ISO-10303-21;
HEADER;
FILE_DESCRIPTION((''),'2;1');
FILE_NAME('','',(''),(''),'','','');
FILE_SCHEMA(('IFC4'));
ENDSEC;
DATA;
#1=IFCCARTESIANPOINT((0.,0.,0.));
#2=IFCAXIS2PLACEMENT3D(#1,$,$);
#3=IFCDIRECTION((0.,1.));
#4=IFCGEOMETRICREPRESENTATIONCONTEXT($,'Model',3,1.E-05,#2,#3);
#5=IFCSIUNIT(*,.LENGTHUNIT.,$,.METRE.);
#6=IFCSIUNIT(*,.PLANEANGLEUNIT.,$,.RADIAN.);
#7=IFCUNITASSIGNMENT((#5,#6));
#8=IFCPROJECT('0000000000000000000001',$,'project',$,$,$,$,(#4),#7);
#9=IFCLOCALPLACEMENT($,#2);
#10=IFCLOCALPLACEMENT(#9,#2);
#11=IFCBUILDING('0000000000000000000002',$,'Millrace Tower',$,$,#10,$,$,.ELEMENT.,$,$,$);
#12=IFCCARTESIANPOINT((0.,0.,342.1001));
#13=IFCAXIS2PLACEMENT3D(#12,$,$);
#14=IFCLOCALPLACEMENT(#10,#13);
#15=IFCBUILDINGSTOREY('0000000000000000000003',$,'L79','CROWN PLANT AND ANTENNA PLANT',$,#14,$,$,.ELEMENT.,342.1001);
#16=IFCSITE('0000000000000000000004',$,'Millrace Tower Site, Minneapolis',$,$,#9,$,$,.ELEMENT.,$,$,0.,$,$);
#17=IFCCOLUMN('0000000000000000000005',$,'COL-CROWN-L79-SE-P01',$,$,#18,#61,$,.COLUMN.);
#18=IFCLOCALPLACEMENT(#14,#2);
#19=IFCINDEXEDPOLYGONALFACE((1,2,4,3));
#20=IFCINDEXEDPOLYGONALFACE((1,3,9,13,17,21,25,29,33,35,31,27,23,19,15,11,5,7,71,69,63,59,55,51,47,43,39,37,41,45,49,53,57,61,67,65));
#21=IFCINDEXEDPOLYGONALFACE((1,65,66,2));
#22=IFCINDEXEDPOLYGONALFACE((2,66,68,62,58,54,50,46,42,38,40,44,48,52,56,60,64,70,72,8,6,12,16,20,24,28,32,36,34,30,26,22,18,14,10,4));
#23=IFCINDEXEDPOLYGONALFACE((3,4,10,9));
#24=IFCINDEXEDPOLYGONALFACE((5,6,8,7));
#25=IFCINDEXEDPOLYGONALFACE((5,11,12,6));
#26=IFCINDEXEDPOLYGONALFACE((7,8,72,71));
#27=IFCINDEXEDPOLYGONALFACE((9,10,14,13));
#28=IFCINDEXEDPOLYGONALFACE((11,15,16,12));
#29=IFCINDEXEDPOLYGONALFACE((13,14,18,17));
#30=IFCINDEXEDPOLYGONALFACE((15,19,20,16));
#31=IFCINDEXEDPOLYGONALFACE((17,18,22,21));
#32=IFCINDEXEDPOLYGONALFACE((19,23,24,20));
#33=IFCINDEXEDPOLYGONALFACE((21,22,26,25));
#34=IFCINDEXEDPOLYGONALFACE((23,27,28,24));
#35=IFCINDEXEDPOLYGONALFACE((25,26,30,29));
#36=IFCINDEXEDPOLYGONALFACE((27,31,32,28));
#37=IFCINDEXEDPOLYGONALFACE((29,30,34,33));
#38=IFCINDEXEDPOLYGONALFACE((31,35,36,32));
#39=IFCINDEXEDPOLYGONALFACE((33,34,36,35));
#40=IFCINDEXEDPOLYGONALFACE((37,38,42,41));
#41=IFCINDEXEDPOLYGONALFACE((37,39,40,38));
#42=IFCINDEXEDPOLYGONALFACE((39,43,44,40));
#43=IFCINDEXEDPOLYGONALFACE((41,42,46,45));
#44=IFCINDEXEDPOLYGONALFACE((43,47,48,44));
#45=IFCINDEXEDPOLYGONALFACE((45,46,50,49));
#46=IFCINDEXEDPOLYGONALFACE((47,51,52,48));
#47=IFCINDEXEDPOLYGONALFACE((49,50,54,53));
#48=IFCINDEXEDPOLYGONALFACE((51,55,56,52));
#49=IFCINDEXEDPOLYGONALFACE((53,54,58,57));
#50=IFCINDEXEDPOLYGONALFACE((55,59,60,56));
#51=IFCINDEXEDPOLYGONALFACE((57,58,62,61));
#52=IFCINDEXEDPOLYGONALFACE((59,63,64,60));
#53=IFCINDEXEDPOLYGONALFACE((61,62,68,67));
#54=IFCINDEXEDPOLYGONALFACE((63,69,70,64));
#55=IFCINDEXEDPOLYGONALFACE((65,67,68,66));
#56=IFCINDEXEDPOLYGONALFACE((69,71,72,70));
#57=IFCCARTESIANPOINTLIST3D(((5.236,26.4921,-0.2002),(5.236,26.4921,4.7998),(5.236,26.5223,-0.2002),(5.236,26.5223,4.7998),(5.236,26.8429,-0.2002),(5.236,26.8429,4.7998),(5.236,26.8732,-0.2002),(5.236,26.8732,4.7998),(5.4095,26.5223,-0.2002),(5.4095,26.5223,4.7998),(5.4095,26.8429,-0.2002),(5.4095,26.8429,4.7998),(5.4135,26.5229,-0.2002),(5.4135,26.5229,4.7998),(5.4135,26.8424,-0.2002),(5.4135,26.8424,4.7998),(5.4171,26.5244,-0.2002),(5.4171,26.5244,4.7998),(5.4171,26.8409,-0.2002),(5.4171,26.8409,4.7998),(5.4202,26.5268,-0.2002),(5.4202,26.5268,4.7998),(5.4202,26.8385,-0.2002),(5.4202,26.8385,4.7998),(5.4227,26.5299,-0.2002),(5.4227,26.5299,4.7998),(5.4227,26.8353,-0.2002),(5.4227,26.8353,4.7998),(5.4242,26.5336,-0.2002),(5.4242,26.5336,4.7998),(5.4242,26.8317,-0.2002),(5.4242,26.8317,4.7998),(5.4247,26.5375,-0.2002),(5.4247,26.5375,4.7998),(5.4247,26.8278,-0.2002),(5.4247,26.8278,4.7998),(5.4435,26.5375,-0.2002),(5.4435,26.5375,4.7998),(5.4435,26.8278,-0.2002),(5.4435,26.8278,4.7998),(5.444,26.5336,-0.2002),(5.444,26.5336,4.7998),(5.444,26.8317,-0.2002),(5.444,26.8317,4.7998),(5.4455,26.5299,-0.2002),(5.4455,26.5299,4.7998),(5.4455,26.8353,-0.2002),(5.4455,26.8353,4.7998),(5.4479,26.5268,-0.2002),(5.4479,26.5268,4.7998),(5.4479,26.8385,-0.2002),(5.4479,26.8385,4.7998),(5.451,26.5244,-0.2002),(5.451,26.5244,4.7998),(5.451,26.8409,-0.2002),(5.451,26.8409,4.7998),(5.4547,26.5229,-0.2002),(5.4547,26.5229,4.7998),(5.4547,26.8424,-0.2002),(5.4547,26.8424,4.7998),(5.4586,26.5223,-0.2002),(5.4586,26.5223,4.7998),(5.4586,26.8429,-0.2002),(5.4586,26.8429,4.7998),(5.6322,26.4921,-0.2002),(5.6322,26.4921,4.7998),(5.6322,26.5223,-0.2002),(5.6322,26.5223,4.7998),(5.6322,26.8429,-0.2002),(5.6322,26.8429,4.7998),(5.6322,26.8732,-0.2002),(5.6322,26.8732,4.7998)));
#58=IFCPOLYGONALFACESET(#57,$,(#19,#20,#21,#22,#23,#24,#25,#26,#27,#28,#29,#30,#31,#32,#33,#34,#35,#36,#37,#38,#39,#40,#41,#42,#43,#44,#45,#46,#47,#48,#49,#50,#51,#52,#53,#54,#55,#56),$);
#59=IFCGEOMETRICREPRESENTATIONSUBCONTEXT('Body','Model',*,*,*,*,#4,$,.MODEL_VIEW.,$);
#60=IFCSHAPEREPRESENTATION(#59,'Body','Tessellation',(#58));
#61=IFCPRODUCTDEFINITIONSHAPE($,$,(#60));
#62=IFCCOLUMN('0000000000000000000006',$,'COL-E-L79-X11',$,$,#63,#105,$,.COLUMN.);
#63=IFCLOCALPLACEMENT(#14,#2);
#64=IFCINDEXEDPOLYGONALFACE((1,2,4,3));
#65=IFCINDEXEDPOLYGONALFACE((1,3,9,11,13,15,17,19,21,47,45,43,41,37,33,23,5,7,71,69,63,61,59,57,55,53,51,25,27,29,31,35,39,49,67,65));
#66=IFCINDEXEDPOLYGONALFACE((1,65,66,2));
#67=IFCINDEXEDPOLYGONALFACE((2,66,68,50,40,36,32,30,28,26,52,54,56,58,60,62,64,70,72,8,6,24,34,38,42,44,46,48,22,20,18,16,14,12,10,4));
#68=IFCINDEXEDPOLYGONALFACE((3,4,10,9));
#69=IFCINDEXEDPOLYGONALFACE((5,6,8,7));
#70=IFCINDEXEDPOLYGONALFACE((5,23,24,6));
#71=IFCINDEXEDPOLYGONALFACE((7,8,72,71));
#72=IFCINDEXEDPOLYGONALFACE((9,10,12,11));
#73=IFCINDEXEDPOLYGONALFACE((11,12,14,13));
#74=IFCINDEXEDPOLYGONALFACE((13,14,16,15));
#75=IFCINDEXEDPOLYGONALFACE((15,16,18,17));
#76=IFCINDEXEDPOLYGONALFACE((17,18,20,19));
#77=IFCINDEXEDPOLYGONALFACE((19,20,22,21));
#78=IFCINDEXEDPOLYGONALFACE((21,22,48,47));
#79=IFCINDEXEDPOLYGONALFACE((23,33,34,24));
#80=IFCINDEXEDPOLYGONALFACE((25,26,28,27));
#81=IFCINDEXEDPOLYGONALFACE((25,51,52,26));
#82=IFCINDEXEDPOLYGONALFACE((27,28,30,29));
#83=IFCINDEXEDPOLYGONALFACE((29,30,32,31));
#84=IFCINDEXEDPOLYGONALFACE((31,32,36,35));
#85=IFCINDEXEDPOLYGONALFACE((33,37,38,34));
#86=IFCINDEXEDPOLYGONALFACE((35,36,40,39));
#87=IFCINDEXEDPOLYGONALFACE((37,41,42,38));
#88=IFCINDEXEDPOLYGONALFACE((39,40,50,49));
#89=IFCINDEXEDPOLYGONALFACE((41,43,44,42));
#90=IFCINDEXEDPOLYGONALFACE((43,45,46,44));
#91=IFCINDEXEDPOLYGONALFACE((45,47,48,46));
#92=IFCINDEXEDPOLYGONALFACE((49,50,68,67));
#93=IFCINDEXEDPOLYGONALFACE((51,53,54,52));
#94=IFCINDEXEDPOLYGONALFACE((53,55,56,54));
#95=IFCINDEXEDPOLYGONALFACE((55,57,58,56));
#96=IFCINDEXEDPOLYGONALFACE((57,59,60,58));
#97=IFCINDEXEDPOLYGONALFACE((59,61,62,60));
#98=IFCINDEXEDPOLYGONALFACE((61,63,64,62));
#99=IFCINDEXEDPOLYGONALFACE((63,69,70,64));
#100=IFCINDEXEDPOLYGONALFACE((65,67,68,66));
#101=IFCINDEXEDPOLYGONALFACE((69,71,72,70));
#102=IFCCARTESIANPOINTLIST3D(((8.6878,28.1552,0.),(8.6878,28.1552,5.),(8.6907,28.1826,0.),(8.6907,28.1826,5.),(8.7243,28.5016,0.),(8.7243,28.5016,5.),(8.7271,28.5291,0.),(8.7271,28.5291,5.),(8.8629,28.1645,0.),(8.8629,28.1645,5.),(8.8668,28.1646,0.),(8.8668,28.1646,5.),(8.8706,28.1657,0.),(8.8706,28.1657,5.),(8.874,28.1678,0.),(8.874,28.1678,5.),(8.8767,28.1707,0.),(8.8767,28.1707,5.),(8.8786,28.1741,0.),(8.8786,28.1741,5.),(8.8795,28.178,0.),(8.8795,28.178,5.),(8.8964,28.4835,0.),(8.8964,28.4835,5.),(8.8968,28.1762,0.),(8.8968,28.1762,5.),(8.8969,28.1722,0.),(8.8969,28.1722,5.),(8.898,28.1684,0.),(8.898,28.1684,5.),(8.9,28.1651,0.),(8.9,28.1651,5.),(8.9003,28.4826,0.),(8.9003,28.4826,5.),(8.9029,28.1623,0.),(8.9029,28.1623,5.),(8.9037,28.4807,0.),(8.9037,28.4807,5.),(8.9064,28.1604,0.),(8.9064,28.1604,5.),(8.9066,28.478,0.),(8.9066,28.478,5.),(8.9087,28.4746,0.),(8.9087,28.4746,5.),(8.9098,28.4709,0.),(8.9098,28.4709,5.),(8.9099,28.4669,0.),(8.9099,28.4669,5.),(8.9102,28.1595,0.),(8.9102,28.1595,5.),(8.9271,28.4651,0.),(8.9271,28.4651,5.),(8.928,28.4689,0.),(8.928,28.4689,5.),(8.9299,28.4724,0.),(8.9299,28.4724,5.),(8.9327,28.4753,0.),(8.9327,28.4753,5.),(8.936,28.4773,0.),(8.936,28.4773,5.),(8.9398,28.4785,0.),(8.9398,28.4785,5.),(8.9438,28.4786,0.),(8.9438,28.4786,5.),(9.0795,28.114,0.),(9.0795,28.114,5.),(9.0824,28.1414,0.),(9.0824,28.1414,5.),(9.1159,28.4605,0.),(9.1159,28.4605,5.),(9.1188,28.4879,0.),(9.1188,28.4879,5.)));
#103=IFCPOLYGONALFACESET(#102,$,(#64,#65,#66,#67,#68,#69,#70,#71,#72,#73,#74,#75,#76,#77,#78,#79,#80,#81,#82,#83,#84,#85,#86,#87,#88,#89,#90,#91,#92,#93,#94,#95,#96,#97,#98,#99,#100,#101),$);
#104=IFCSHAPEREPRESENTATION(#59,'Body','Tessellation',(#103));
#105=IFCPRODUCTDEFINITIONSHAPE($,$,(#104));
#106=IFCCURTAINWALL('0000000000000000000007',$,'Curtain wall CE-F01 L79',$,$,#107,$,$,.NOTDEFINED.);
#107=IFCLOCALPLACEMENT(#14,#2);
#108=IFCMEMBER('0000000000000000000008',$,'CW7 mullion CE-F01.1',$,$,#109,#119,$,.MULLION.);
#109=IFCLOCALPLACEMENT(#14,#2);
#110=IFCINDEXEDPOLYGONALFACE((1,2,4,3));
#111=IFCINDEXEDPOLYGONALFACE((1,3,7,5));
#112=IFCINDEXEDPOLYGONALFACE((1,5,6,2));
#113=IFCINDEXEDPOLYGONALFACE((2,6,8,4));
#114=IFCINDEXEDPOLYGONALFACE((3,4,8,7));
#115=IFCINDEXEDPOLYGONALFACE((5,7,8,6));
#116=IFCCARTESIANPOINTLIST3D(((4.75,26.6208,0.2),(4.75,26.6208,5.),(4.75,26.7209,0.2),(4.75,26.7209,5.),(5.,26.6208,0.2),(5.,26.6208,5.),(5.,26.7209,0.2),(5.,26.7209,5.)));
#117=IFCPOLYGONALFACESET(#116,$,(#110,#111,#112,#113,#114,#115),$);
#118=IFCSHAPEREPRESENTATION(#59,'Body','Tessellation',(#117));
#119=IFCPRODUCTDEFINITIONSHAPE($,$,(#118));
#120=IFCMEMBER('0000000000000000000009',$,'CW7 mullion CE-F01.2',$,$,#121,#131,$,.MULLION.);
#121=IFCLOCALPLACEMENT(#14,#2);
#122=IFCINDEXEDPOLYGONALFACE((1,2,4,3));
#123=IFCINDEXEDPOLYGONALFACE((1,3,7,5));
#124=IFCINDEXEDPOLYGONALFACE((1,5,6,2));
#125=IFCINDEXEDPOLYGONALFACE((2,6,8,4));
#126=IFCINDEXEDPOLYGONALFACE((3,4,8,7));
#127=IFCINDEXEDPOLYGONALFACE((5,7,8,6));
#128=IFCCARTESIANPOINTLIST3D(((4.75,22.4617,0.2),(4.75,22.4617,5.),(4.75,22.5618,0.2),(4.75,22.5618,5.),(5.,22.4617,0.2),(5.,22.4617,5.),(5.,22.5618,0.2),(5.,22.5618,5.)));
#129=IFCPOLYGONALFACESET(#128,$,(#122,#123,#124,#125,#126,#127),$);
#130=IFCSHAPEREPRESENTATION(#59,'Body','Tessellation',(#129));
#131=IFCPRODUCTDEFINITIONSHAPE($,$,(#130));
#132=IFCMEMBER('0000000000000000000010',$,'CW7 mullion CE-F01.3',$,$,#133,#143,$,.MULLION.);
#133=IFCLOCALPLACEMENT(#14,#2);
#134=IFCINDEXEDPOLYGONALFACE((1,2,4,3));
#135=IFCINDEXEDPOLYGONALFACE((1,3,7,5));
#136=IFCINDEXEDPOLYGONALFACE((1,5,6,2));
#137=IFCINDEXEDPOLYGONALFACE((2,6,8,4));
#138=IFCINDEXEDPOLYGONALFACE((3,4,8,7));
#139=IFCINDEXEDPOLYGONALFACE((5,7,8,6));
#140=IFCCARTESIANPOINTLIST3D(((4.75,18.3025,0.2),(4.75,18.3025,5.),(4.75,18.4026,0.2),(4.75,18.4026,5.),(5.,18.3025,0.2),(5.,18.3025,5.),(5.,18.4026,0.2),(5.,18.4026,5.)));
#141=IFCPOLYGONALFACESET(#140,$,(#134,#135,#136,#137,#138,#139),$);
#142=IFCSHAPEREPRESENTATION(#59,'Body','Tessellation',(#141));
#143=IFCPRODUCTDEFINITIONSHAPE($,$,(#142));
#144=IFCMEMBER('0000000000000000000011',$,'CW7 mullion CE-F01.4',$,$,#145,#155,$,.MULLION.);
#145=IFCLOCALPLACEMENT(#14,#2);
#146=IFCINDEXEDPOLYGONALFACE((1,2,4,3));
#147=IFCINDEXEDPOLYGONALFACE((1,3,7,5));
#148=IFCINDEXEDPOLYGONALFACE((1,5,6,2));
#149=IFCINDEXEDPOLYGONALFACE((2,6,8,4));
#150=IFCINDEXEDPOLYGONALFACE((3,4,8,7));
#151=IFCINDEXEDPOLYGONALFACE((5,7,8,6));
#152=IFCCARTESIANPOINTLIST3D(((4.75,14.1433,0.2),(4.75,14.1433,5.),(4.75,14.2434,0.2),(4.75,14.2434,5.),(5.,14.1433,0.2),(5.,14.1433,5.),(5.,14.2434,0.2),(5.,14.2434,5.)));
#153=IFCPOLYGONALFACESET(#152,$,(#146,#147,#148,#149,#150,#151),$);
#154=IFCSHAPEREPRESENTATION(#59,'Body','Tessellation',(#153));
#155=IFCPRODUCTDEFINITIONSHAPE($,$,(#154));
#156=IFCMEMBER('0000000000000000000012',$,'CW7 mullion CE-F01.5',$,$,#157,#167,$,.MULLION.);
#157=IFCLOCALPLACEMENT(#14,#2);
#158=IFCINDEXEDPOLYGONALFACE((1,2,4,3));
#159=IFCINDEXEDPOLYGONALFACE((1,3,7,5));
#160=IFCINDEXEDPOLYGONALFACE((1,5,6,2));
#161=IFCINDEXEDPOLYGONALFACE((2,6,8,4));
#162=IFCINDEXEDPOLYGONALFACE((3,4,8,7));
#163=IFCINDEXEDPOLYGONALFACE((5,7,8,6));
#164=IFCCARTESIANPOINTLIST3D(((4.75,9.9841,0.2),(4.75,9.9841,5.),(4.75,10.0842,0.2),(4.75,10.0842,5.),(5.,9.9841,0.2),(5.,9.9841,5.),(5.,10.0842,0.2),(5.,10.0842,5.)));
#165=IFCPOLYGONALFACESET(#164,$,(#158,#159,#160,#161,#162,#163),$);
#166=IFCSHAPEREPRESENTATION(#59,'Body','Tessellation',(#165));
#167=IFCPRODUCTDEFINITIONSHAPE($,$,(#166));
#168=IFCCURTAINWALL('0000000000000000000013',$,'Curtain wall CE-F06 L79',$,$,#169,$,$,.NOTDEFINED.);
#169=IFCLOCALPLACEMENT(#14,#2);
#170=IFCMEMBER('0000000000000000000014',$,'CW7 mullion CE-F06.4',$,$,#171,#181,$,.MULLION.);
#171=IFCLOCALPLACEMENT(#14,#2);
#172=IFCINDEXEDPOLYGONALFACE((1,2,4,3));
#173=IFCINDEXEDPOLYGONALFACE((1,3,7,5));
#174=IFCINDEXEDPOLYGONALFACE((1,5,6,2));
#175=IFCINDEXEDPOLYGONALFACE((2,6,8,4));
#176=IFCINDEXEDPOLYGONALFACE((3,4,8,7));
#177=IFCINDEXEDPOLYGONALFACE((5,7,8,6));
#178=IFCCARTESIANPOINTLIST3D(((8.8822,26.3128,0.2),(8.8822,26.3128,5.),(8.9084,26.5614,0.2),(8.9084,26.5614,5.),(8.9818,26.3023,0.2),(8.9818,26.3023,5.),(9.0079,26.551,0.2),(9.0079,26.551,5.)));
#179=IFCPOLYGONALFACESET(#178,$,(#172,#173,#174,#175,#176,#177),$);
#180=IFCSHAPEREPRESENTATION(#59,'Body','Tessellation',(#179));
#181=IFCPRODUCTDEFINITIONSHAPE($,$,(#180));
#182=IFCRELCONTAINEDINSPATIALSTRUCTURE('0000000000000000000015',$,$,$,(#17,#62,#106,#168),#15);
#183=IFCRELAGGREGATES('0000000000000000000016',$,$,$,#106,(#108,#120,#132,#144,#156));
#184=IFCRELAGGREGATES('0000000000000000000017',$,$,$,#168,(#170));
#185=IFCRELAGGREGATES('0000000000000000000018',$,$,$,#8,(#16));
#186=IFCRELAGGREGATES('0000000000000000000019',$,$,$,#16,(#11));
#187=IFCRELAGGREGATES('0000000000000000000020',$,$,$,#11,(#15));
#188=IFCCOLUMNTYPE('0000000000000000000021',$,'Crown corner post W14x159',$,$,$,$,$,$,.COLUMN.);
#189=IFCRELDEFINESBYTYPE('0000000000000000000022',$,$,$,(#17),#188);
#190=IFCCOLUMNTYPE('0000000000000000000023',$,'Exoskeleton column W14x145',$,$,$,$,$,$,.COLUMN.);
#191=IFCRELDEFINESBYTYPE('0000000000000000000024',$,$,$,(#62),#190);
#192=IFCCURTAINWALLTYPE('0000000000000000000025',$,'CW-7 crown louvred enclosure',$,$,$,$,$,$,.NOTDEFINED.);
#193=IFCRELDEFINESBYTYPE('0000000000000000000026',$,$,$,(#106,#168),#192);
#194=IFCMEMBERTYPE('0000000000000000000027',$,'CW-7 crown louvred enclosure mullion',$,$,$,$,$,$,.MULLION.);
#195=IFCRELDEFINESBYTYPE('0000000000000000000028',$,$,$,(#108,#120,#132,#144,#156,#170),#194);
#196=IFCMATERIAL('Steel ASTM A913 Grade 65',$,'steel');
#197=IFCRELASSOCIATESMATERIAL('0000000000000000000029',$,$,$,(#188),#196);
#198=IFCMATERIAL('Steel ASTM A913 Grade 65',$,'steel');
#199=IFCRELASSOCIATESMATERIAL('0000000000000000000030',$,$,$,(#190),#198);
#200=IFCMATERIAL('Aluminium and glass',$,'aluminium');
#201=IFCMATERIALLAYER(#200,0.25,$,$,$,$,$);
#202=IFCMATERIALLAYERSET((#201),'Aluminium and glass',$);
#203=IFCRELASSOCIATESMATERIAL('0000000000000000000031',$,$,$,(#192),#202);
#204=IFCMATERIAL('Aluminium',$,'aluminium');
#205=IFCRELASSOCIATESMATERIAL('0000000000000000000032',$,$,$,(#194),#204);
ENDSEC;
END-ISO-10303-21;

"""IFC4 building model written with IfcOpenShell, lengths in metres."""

from ifc_helpers import new_model, si_unit, direction, frame, origin, origin_2d, place, context, subcontext, project, spatial, rectangle, i_section, extrude, material, layer, layer_set, material_profile, profile_set, type_object, element, aggregate, save


model = new_model("IFC4")

# Units and contexts
model_context = context("Model", 3, precision=1e-05, world=origin(), true_north=direction((0.0, 1.0)))
body_context = subcontext(model_context, "Body", "Model", "MODEL_VIEW")
ifc_project = project(units=[si_unit("LENGTHUNIT", "METRE"), si_unit("PLANEANGLEUNIT", "RADIAN")], contexts=[model_context])

# Site, building, storey
site_placement = place(None, origin())
site = spatial("IfcSite", under=ifc_project, at=site_placement, Name="Millrace Tower Site, Minneapolis", CompositionType="ELEMENT", RefElevation=0.0)
building_placement = place(site_placement, origin())
building = spatial("IfcBuilding", under=site, at=building_placement, Name="Millrace Tower", CompositionType="ELEMENT")
storey_placement = place(building_placement, frame((0.0, 0.0, 342.1001)))
storey = spatial("IfcBuildingStorey", under=building, at=storey_placement, Name="L79", Description="CROWN PLANT AND ANTENNA PLANT", CompositionType="ELEMENT", Elevation=342.1001)

# Columns
ifc_material_1 = material(Name="Steel ASTM A913 Grade 65", Category="steel")
ifc_material_profile_1 = material_profile(ifc_material_1, i_section(OverallWidth=0.3962, OverallDepth=0.3811, WebThickness=0.0188, FlangeThickness=0.0303, FilletRadius=0.0151, at=origin_2d()))
ifc_profile_set_1 = profile_set([ifc_material_profile_1], Name="Steel ASTM A913 Grade 65")
column_type_1 = type_object("IfcColumnType", Name="Crown corner post W14x159", PredefinedType="COLUMN", material=ifc_profile_set_1)
column_1_placement = place(storey_placement, frame((5.4341, 26.6826, -0.2002), z_axis=(0.0, 0.0, 1.0), x_axis=(1.0, 0.0, 0.0)))
element("IfcColumn", 1, at=column_1_placement, inside=storey, type_object=column_type_1, Name="COL-CROWN-L79-SE-P01", PredefinedType="COLUMN", context=body_context, shape_type="SweptSolid", body=[
    extrude(i_section(OverallWidth=0.3962, OverallDepth=0.3811, WebThickness=0.0188, FlangeThickness=0.0303, FilletRadius=0.0151, at=origin_2d()), origin(), (0.0, 0.0, 1.0), 5.0),
])
ifc_material_2 = material(Name="Steel ASTM A913 Grade 65", Category="steel")
ifc_material_profile_2 = material_profile(ifc_material_2, i_section(OverallWidth=0.3938, OverallDepth=0.376, WebThickness=0.0173, FlangeThickness=0.0276, FilletRadius=0.0151, at=origin_2d()))
ifc_profile_set_2 = profile_set([ifc_material_profile_2], Name="Steel ASTM A913 Grade 65")
column_type_2 = type_object("IfcColumnType", Name="Exoskeleton column W14x145", PredefinedType="COLUMN", material=ifc_profile_set_2)
column_2_placement = place(storey_placement, frame((8.9033, 28.3215, 0.0), z_axis=(0.0, 0.0, 1.0), x_axis=(-0.994522, 0.104528, 0.0)))
element("IfcColumn", 2, at=column_2_placement, inside=storey, type_object=column_type_2, Name="COL-E-L79-X11", PredefinedType="COLUMN", context=body_context, shape_type="SweptSolid", body=[
    extrude(i_section(OverallWidth=0.3938, OverallDepth=0.376, WebThickness=0.0173, FlangeThickness=0.0276, FilletRadius=0.0151, at=origin_2d()), origin(), (0.0, 0.0, 1.0), 5.0),
])

# Curtain wall, members
ifc_material_3 = material(Name="Aluminium and glass", Category="aluminium")
ifc_layer_1 = layer(ifc_material_3, 0.25)
ifc_layer_set_1 = layer_set([ifc_layer_1], Name="Aluminium and glass")
curtain_wall_type = type_object("IfcCurtainWallType", Name="CW-7 crown louvred enclosure", PredefinedType="NOTDEFINED", material=ifc_layer_set_1)
placement = place(storey_placement, origin())
curtain_wall_1 = element("IfcCurtainWall", 3, at=placement, inside=storey, type_object=curtain_wall_type, Name="Curtain wall CE-F01 L79", PredefinedType="NOTDEFINED")
ifc_material_4 = material(Name="Aluminium", Category="aluminium")
ifc_material_profile_3 = material_profile(ifc_material_4, rectangle(XDim=0.1001, YDim=0.25, at=origin_2d()))
ifc_profile_set_3 = profile_set([ifc_material_profile_3], Name="Aluminium")
member_type_1 = type_object("IfcMemberType", Name="CW-7 crown louvred enclosure mullion", PredefinedType="MULLION", material=ifc_profile_set_3)
member_1_placement = place(storey_placement, frame((4.875, 26.6709, 0.2), z_axis=(0.0, 0.0, 1.0), x_axis=(0.0, -1.0, 0.0)))
member_1 = element("IfcMember", 4, at=member_1_placement, type_object=member_type_1, Name="CW7 mullion CE-F01.1", PredefinedType="MULLION", context=body_context, shape_type="SweptSolid", body=[
    extrude(rectangle(XDim=0.1001, YDim=0.25, at=origin_2d()), origin(), (0.0, 0.0, 1.0), 4.8),
])
member_2_placement = place(storey_placement, frame((4.875, 22.5117, 0.2), z_axis=(0.0, 0.0, 1.0), x_axis=(0.0, -1.0, 0.0)))
member_2 = element("IfcMember", 5, at=member_2_placement, type_object=member_type_1, Name="CW7 mullion CE-F01.2", PredefinedType="MULLION", context=body_context, shape_type="SweptSolid", body=[
    extrude(rectangle(XDim=0.1001, YDim=0.25, at=origin_2d()), origin(), (0.0, 0.0, 1.0), 4.8),
])
member_3_placement = place(storey_placement, frame((4.875, 18.3525, 0.2), z_axis=(0.0, 0.0, 1.0), x_axis=(0.0, -1.0, 0.0)))
member_3 = element("IfcMember", 6, at=member_3_placement, type_object=member_type_1, Name="CW7 mullion CE-F01.3", PredefinedType="MULLION", context=body_context, shape_type="SweptSolid", body=[
    extrude(rectangle(XDim=0.1001, YDim=0.25, at=origin_2d()), origin(), (0.0, 0.0, 1.0), 4.8),
])
member_4_placement = place(storey_placement, frame((4.875, 14.1934, 0.2), z_axis=(0.0, 0.0, 1.0), x_axis=(0.0, -1.0, 0.0)))
member_4 = element("IfcMember", 7, at=member_4_placement, type_object=member_type_1, Name="CW7 mullion CE-F01.4", PredefinedType="MULLION", context=body_context, shape_type="SweptSolid", body=[
    extrude(rectangle(XDim=0.1001, YDim=0.25, at=origin_2d()), origin(), (0.0, 0.0, 1.0), 4.8),
])
member_5_placement = place(storey_placement, frame((4.875, 10.0342, 0.2), z_axis=(0.0, 0.0, 1.0), x_axis=(0.0, -1.0, 0.0)))
member_5 = element("IfcMember", 8, at=member_5_placement, type_object=member_type_1, Name="CW7 mullion CE-F01.5", PredefinedType="MULLION", context=body_context, shape_type="SweptSolid", body=[
    extrude(rectangle(XDim=0.1001, YDim=0.25, at=origin_2d()), origin(), (0.0, 0.0, 1.0), 4.8),
])
aggregate(curtain_wall_1, [member_1, member_2, member_3, member_4, member_5])

# Curtain wall, member
curtain_wall_2 = element("IfcCurtainWall", 9, at=placement, inside=storey, type_object=curtain_wall_type, Name="Curtain wall CE-F06 L79", PredefinedType="NOTDEFINED")
member_6_placement = place(storey_placement, frame((8.9451, 26.4319, 0.2), z_axis=(0.0, 0.0, 1.0), x_axis=(-0.994522, 0.104528, 0.0)))
member_6 = element("IfcMember", 10, at=member_6_placement, type_object=member_type_1, Name="CW7 mullion CE-F06.4", PredefinedType="MULLION", context=body_context, shape_type="SweptSolid", body=[
    extrude(rectangle(XDim=0.1001, YDim=0.25, at=origin_2d()), origin(), (0.0, 0.0, 1.0), 4.8),
])
aggregate(curtain_wall_2, [member_6])

save(model, "model.ifc")
